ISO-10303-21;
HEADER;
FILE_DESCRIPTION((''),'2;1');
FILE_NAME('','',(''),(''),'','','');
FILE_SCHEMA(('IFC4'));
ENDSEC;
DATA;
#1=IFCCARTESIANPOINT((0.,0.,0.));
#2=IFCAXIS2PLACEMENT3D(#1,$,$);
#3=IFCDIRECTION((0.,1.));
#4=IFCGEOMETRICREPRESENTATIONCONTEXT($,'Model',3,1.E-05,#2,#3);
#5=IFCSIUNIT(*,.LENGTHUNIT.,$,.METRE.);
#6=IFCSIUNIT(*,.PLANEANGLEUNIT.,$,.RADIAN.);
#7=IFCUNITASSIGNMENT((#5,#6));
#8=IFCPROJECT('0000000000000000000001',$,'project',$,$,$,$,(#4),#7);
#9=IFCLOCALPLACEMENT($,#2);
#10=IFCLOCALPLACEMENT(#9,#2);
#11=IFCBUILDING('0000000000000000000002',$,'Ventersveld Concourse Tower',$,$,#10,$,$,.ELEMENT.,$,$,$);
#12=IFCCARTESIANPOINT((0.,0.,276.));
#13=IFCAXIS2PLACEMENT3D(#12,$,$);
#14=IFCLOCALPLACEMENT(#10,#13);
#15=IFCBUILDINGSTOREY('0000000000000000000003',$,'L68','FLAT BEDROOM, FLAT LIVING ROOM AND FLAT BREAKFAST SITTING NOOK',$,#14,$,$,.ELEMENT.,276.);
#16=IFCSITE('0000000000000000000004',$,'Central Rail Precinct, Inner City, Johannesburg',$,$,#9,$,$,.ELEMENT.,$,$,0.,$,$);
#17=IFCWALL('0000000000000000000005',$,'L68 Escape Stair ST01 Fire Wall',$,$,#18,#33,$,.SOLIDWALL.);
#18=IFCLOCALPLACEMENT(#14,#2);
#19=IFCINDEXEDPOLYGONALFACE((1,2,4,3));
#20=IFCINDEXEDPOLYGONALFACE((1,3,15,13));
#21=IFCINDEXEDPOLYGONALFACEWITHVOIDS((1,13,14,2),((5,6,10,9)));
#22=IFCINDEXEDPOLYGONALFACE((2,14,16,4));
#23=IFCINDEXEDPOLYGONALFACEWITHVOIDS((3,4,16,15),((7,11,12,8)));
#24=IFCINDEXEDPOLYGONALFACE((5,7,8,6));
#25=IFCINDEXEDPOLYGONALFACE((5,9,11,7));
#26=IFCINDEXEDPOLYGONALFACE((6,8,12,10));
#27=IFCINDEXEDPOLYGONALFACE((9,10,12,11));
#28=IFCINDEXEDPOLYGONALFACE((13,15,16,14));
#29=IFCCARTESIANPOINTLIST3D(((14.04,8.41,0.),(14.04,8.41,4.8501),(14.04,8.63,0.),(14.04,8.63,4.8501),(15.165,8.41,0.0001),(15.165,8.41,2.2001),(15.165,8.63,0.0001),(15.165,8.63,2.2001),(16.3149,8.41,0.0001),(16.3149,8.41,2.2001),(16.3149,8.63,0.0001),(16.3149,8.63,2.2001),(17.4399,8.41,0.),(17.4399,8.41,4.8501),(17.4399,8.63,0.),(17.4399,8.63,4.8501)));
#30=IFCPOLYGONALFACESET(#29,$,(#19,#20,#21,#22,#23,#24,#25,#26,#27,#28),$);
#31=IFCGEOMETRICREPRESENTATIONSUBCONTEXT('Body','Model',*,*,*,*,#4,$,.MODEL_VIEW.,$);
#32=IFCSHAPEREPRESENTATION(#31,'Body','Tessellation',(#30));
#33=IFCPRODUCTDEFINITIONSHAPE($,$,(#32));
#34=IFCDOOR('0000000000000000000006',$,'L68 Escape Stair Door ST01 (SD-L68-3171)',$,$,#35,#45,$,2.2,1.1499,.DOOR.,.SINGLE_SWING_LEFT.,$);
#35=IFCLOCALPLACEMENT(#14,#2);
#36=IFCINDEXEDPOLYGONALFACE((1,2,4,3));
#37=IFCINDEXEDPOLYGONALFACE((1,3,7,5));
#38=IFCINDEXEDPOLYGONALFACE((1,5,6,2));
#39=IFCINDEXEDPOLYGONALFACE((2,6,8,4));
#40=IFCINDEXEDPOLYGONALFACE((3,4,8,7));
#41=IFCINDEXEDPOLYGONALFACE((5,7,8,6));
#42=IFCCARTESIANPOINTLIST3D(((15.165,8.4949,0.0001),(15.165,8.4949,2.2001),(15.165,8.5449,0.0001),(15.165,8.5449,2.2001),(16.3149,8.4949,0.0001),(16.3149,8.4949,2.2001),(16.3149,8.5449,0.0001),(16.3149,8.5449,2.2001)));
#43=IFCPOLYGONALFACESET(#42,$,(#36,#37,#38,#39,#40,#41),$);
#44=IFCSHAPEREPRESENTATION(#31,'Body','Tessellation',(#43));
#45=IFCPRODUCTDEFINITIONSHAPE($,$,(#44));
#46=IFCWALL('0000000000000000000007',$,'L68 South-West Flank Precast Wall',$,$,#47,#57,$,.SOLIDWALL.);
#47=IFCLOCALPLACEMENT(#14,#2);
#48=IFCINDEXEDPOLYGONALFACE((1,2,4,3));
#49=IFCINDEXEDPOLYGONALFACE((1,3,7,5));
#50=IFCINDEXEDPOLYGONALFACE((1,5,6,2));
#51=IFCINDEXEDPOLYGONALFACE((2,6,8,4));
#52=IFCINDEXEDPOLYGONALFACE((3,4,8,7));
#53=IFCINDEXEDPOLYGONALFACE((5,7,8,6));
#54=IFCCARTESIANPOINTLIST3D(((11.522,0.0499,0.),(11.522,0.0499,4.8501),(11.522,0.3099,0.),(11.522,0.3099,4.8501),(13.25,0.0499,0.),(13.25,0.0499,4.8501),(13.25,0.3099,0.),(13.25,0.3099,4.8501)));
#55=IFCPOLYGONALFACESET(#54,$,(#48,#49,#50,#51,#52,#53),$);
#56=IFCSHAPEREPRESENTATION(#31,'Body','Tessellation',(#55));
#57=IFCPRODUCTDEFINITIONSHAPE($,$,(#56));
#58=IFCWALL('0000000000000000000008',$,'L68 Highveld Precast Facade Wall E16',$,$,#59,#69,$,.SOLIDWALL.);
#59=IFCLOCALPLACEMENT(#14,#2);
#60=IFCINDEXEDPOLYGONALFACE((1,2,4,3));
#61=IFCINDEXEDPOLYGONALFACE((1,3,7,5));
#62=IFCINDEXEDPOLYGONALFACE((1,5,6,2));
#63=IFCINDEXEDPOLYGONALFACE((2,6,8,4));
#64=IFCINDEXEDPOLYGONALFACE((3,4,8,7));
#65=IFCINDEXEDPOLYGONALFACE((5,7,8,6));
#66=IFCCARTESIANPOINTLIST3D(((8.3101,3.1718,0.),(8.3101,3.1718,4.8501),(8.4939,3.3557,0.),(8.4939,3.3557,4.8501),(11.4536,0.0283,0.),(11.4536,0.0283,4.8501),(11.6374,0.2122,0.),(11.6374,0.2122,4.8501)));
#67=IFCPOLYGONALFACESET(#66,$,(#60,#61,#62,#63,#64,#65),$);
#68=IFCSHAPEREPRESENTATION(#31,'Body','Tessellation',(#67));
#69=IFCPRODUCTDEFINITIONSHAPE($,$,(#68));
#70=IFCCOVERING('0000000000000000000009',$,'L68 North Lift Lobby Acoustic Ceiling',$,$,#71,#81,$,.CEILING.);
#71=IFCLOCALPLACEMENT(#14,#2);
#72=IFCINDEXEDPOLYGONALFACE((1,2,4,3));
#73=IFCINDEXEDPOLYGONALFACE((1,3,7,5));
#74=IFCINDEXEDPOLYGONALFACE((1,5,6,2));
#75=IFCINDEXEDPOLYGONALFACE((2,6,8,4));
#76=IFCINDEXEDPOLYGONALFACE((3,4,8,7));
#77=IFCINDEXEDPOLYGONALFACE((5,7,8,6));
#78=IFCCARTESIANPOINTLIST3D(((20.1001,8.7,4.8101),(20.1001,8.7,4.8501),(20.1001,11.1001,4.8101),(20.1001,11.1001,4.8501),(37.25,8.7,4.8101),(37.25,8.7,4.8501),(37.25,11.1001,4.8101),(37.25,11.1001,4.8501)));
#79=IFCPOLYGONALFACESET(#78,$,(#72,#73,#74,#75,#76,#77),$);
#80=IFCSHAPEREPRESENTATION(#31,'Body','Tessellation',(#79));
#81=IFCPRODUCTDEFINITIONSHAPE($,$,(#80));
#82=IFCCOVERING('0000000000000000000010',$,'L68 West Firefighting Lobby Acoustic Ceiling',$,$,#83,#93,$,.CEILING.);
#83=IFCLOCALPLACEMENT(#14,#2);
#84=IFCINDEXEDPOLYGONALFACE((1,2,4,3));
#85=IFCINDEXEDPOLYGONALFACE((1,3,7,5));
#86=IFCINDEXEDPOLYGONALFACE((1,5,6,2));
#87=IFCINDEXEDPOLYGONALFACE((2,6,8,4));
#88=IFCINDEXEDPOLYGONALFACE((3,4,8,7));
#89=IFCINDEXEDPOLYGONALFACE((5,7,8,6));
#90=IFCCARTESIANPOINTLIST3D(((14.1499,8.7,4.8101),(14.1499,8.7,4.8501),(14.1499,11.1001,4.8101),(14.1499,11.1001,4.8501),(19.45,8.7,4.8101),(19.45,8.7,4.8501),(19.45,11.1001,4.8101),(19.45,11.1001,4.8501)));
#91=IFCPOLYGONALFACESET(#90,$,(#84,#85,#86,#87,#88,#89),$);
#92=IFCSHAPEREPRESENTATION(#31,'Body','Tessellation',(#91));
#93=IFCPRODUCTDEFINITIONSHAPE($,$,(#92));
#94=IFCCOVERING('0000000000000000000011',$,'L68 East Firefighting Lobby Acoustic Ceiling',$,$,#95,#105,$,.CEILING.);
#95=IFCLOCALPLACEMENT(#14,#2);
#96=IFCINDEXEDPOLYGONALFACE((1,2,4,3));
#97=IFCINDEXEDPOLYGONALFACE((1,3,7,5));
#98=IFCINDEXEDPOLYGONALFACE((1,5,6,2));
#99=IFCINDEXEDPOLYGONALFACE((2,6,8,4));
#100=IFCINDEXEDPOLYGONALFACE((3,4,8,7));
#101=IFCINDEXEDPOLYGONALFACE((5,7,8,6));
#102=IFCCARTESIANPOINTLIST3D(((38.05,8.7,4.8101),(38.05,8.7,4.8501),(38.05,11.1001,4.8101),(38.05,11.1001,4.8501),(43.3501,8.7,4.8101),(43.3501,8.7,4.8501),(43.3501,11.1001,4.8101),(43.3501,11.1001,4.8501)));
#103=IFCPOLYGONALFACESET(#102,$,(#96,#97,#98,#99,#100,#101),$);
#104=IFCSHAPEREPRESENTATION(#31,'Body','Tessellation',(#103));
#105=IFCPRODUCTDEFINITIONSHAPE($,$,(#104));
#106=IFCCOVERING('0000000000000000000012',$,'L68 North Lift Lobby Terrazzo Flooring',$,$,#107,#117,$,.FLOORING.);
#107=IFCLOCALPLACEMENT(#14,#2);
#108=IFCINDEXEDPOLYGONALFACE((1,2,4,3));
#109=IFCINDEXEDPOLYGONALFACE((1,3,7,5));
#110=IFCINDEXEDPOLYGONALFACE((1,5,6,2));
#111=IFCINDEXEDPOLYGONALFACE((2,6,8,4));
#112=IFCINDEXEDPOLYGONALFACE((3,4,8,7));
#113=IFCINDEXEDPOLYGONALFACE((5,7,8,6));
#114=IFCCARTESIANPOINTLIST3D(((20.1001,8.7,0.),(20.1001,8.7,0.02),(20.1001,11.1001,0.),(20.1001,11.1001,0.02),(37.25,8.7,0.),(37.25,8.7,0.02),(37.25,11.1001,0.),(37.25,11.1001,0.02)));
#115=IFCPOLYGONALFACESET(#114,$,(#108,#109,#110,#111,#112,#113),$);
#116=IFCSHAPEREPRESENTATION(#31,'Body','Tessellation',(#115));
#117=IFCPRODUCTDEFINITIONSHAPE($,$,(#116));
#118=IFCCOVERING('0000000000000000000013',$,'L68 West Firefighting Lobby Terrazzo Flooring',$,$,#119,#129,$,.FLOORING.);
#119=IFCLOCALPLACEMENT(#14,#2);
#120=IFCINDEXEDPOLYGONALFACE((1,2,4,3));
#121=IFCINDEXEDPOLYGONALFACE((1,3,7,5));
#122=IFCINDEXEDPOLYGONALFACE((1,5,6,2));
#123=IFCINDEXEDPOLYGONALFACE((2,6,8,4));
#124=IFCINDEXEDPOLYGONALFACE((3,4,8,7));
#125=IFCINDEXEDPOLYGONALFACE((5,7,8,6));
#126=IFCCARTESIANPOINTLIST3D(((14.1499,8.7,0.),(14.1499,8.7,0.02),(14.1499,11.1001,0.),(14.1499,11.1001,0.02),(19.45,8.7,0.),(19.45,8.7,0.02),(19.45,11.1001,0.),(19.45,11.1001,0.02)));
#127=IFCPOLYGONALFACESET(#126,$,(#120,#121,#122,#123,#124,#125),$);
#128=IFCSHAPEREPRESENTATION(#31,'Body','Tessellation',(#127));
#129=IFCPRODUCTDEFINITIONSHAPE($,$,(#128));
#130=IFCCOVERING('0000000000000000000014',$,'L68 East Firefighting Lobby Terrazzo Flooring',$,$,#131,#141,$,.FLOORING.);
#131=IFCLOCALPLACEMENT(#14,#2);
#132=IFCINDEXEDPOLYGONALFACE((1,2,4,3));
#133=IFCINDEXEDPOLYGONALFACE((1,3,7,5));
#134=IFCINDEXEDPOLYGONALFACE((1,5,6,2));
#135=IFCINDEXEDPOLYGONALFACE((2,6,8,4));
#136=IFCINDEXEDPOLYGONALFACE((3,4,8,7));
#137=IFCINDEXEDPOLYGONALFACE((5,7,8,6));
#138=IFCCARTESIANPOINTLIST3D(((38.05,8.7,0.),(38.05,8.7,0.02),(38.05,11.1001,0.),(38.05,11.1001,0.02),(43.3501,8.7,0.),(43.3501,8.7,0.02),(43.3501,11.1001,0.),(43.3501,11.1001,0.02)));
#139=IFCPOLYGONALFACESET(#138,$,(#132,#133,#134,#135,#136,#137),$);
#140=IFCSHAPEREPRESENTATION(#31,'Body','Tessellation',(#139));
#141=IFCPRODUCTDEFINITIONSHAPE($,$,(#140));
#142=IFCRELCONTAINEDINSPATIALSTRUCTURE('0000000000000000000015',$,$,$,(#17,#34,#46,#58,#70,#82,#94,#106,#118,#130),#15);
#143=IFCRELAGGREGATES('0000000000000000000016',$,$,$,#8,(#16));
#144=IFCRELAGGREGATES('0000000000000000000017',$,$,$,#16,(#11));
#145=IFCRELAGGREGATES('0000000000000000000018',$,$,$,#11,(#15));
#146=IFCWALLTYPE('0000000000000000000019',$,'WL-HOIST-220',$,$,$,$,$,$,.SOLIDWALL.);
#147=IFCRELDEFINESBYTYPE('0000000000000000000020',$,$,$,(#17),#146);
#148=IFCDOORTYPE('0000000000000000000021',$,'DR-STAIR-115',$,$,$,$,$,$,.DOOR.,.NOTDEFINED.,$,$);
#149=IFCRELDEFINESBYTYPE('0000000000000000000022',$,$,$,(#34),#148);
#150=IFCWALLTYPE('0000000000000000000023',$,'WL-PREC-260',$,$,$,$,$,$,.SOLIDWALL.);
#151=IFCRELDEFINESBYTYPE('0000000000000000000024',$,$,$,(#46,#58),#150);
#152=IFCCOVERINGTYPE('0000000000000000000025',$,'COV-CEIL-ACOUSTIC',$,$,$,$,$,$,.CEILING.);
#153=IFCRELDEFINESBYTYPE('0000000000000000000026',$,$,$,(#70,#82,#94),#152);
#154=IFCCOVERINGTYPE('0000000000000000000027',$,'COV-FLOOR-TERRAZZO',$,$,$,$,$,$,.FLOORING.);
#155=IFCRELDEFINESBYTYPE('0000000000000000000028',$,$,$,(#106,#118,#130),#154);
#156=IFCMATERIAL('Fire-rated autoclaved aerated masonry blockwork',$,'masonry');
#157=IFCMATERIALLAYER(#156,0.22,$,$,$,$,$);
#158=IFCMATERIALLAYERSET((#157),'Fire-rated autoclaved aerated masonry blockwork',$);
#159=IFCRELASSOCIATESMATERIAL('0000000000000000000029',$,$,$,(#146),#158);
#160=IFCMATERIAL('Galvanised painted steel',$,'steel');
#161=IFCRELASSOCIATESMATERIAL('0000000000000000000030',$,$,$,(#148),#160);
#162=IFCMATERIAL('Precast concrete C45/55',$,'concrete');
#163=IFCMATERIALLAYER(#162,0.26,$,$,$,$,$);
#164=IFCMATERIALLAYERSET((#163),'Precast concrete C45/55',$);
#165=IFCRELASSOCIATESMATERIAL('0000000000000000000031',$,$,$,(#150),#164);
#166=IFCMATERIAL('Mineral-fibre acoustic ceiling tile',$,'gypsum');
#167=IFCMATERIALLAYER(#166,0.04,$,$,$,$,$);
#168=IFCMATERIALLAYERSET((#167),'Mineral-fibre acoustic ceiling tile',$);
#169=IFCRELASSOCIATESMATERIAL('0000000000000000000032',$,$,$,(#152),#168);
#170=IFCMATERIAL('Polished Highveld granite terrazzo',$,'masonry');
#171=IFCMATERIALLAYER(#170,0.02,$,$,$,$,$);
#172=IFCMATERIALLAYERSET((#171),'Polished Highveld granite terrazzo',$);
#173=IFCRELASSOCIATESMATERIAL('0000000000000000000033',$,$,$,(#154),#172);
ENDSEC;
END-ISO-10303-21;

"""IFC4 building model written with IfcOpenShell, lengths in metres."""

from ifc_helpers import new_model, si_unit, direction, frame, frame_2d, origin, place, context, subcontext, project, spatial, polyline, rectangle, outline, extrude, material, layer, layer_set, type_object, element, fill, save


model = new_model("IFC4")

# Units and contexts
model_context = context("Model", 3, precision=1e-05, world=origin(), true_north=direction((0.0, 1.0)))
body_context = subcontext(model_context, "Body", "Model", "MODEL_VIEW")
ifc_project = project(units=[si_unit("LENGTHUNIT", "METRE"), si_unit("PLANEANGLEUNIT", "RADIAN")], contexts=[model_context])

# Site, building, storey
site_placement = place(None, origin())
site = spatial("IfcSite", under=ifc_project, at=site_placement, Name="Central Rail Precinct, Inner City, Johannesburg", CompositionType="ELEMENT", RefElevation=0.0)
building_placement = place(site_placement, origin())
building = spatial("IfcBuilding", under=site, at=building_placement, Name="Ventersveld Concourse Tower", CompositionType="ELEMENT")
storey_placement = place(building_placement, frame((0.0, 0.0, 276.0)))
storey = spatial("IfcBuildingStorey", under=building, at=storey_placement, Name="L68", Description="FLAT BEDROOM, FLAT LIVING ROOM AND FLAT BREAKFAST SITTING NOOK", CompositionType="ELEMENT", Elevation=276.0)

# Wall, opening, door
ifc_material_1 = material(Name="Fire-rated autoclaved aerated masonry blockwork", Category="masonry")
ifc_layer_1 = layer(ifc_material_1, 0.22)
ifc_layer_set_1 = layer_set([ifc_layer_1], Name="Fire-rated autoclaved aerated masonry blockwork")
wall_type_1 = type_object("IfcWallType", Name="WL-HOIST-220", PredefinedType="SOLIDWALL", material=ifc_layer_set_1)
wall_1_placement = place(storey_placement, frame((14.04, 8.52, 0.0), z_axis=(0.0, 0.0, 1.0), x_axis=(1.0, 0.0, 0.0)))
wall_1 = element("IfcWall", 1, at=wall_1_placement, inside=storey, type_object=wall_type_1, Name="L68 Escape Stair ST01 Fire Wall", PredefinedType="SOLIDWALL", context=body_context, shape_type="SweptSolid", body=[
    extrude(rectangle(XDim=3.3999, YDim=0.22, at=frame_2d((1.7, 0.0))), origin(), (0.0, 0.0, 1.0), 4.8501),
])
opening_placement = place(wall_1_placement, frame((1.125, 0.0, 0.0)))
opening = element("IfcOpeningElement", 2, at=opening_placement, cuts=wall_1, PredefinedType="OPENING", context=body_context, shape_type="SweptSolid", body=[
    extrude(rectangle(XDim=1.1499, YDim=2.2, at=frame_2d((0.575, 1.1001))), frame((0.0, 0.1201, 0.0), z_axis=(0.0, -1.0, 0.0), x_axis=(1.0, 0.0, 0.0)), (0.0, 0.0, 1.0), 0.24),
])
ifc_material_2 = material(Name="Galvanised painted steel", Category="steel")
door_type = type_object("IfcDoorType", Name="DR-STAIR-115", OperationType="NOTDEFINED", PredefinedType="DOOR", material=ifc_material_2)
door_placement = place(opening_placement, origin())
door = element("IfcDoor", 3, at=door_placement, inside=storey, type_object=door_type, Name="L68 Escape Stair Door ST01 (SD-L68-3171)", OperationType="SINGLE_SWING_LEFT", OverallHeight=2.2, OverallWidth=1.1499, PredefinedType="DOOR", context=body_context, shape_type="SweptSolid", body=[
    extrude(rectangle(XDim=1.1499, YDim=2.2, at=frame_2d((0.575, 1.1001))), frame((0.0, 0.0249, 0.0), z_axis=(0.0, -1.0, 0.0), x_axis=(1.0, 0.0, 0.0)), (0.0, 0.0, 1.0), 0.05),
])
fill(opening, door)

# Walls
ifc_material_3 = material(Name="Precast concrete C45/55", Category="concrete")
ifc_layer_2 = layer(ifc_material_3, 0.26)
ifc_layer_set_2 = layer_set([ifc_layer_2], Name="Precast concrete C45/55")
wall_type_2 = type_object("IfcWallType", Name="WL-PREC-260", PredefinedType="SOLIDWALL", material=ifc_layer_set_2)
wall_2_placement = place(storey_placement, frame((11.522, 0.1799, 0.0), z_axis=(0.0, 0.0, 1.0), x_axis=(1.0, 0.0, 0.0)))
element("IfcWall", 4, at=wall_2_placement, inside=storey, type_object=wall_type_2, Name="L68 South-West Flank Precast Wall", PredefinedType="SOLIDWALL", context=body_context, shape_type="SweptSolid", body=[
    extrude(rectangle(XDim=1.728, YDim=0.26, at=frame_2d((0.864, 0.0))), origin(), (0.0, 0.0, 1.0), 4.8501),
])
wall_3_placement = place(storey_placement, frame((8.4021, 3.2637, 0.0), z_axis=(0.0, 0.0, 1.0), x_axis=(0.707107, -0.707107, 0.0)))
element("IfcWall", 5, at=wall_3_placement, inside=storey, type_object=wall_type_2, Name="L68 Highveld Precast Facade Wall E16", PredefinedType="SOLIDWALL", context=body_context, shape_type="SweptSolid", body=[
    extrude(rectangle(XDim=4.4456, YDim=0.26, at=frame_2d((2.2227, 0.0))), origin(), (0.0, 0.0, 1.0), 4.8501),
])

# Coverings
ifc_material_4 = material(Name="Mineral-fibre acoustic ceiling tile", Category="gypsum")
ifc_layer_3 = layer(ifc_material_4, 0.04)
ifc_layer_set_3 = layer_set([ifc_layer_3], Name="Mineral-fibre acoustic ceiling tile")
covering_type_1 = type_object("IfcCoveringType", Name="COV-CEIL-ACOUSTIC", PredefinedType="CEILING", material=ifc_layer_set_3)
covering_1_placement = place(storey_placement, frame((0.0, 0.0, 4.8101)))
element("IfcCovering", 6, at=covering_1_placement, inside=storey, type_object=covering_type_1, Name="L68 North Lift Lobby Acoustic Ceiling", PredefinedType="CEILING", context=body_context, shape_type="SweptSolid", body=[
    extrude(outline(polyline([(20.1001, 8.7), (37.25, 8.7), (37.25, 11.1001), (20.1001, 11.1001), (20.1001, 8.7)])), origin(), (0.0, 0.0, 1.0), 0.04),
])
covering_2_placement = place(storey_placement, frame((0.0, 0.0, 4.8101)))
element("IfcCovering", 7, at=covering_2_placement, inside=storey, type_object=covering_type_1, Name="L68 West Firefighting Lobby Acoustic Ceiling", PredefinedType="CEILING", context=body_context, shape_type="SweptSolid", body=[
    extrude(outline(polyline([(14.1499, 8.7), (19.45, 8.7), (19.45, 11.1001), (14.1499, 11.1001), (14.1499, 8.7)])), origin(), (0.0, 0.0, 1.0), 0.04),
])
covering_3_placement = place(storey_placement, frame((0.0, 0.0, 4.8101)))
element("IfcCovering", 8, at=covering_3_placement, inside=storey, type_object=covering_type_1, Name="L68 East Firefighting Lobby Acoustic Ceiling", PredefinedType="CEILING", context=body_context, shape_type="SweptSolid", body=[
    extrude(outline(polyline([(38.05, 8.7), (43.3501, 8.7), (43.3501, 11.1001), (38.05, 11.1001), (38.05, 8.7)])), origin(), (0.0, 0.0, 1.0), 0.04),
])
ifc_material_5 = material(Name="Polished Highveld granite terrazzo", Category="masonry")
ifc_layer_4 = layer(ifc_material_5, 0.02)
ifc_layer_set_4 = layer_set([ifc_layer_4], Name="Polished Highveld granite terrazzo")
covering_type_2 = type_object("IfcCoveringType", Name="COV-FLOOR-TERRAZZO", PredefinedType="FLOORING", material=ifc_layer_set_4)
covering_4_placement = place(storey_placement, origin())
element("IfcCovering", 9, at=covering_4_placement, inside=storey, type_object=covering_type_2, Name="L68 North Lift Lobby Terrazzo Flooring", PredefinedType="FLOORING", context=body_context, shape_type="SweptSolid", body=[
    extrude(outline(polyline([(20.1001, 8.7), (37.25, 8.7), (37.25, 11.1001), (20.1001, 11.1001), (20.1001, 8.7)])), origin(), (0.0, 0.0, 1.0), 0.02),
])
covering_5_placement = place(storey_placement, origin())
element("IfcCovering", 10, at=covering_5_placement, inside=storey, type_object=covering_type_2, Name="L68 West Firefighting Lobby Terrazzo Flooring", PredefinedType="FLOORING", context=body_context, shape_type="SweptSolid", body=[
    extrude(outline(polyline([(14.1499, 8.7), (19.45, 8.7), (19.45, 11.1001), (14.1499, 11.1001), (14.1499, 8.7)])), origin(), (0.0, 0.0, 1.0), 0.02),
])
covering_6_placement = place(storey_placement, origin())
element("IfcCovering", 11, at=covering_6_placement, inside=storey, type_object=covering_type_2, Name="L68 East Firefighting Lobby Terrazzo Flooring", PredefinedType="FLOORING", context=body_context, shape_type="SweptSolid", body=[
    extrude(outline(polyline([(38.05, 8.7), (43.3501, 8.7), (43.3501, 11.1001), (38.05, 11.1001), (38.05, 8.7)])), origin(), (0.0, 0.0, 1.0), 0.02),
])

save(model, "model.ifc")
